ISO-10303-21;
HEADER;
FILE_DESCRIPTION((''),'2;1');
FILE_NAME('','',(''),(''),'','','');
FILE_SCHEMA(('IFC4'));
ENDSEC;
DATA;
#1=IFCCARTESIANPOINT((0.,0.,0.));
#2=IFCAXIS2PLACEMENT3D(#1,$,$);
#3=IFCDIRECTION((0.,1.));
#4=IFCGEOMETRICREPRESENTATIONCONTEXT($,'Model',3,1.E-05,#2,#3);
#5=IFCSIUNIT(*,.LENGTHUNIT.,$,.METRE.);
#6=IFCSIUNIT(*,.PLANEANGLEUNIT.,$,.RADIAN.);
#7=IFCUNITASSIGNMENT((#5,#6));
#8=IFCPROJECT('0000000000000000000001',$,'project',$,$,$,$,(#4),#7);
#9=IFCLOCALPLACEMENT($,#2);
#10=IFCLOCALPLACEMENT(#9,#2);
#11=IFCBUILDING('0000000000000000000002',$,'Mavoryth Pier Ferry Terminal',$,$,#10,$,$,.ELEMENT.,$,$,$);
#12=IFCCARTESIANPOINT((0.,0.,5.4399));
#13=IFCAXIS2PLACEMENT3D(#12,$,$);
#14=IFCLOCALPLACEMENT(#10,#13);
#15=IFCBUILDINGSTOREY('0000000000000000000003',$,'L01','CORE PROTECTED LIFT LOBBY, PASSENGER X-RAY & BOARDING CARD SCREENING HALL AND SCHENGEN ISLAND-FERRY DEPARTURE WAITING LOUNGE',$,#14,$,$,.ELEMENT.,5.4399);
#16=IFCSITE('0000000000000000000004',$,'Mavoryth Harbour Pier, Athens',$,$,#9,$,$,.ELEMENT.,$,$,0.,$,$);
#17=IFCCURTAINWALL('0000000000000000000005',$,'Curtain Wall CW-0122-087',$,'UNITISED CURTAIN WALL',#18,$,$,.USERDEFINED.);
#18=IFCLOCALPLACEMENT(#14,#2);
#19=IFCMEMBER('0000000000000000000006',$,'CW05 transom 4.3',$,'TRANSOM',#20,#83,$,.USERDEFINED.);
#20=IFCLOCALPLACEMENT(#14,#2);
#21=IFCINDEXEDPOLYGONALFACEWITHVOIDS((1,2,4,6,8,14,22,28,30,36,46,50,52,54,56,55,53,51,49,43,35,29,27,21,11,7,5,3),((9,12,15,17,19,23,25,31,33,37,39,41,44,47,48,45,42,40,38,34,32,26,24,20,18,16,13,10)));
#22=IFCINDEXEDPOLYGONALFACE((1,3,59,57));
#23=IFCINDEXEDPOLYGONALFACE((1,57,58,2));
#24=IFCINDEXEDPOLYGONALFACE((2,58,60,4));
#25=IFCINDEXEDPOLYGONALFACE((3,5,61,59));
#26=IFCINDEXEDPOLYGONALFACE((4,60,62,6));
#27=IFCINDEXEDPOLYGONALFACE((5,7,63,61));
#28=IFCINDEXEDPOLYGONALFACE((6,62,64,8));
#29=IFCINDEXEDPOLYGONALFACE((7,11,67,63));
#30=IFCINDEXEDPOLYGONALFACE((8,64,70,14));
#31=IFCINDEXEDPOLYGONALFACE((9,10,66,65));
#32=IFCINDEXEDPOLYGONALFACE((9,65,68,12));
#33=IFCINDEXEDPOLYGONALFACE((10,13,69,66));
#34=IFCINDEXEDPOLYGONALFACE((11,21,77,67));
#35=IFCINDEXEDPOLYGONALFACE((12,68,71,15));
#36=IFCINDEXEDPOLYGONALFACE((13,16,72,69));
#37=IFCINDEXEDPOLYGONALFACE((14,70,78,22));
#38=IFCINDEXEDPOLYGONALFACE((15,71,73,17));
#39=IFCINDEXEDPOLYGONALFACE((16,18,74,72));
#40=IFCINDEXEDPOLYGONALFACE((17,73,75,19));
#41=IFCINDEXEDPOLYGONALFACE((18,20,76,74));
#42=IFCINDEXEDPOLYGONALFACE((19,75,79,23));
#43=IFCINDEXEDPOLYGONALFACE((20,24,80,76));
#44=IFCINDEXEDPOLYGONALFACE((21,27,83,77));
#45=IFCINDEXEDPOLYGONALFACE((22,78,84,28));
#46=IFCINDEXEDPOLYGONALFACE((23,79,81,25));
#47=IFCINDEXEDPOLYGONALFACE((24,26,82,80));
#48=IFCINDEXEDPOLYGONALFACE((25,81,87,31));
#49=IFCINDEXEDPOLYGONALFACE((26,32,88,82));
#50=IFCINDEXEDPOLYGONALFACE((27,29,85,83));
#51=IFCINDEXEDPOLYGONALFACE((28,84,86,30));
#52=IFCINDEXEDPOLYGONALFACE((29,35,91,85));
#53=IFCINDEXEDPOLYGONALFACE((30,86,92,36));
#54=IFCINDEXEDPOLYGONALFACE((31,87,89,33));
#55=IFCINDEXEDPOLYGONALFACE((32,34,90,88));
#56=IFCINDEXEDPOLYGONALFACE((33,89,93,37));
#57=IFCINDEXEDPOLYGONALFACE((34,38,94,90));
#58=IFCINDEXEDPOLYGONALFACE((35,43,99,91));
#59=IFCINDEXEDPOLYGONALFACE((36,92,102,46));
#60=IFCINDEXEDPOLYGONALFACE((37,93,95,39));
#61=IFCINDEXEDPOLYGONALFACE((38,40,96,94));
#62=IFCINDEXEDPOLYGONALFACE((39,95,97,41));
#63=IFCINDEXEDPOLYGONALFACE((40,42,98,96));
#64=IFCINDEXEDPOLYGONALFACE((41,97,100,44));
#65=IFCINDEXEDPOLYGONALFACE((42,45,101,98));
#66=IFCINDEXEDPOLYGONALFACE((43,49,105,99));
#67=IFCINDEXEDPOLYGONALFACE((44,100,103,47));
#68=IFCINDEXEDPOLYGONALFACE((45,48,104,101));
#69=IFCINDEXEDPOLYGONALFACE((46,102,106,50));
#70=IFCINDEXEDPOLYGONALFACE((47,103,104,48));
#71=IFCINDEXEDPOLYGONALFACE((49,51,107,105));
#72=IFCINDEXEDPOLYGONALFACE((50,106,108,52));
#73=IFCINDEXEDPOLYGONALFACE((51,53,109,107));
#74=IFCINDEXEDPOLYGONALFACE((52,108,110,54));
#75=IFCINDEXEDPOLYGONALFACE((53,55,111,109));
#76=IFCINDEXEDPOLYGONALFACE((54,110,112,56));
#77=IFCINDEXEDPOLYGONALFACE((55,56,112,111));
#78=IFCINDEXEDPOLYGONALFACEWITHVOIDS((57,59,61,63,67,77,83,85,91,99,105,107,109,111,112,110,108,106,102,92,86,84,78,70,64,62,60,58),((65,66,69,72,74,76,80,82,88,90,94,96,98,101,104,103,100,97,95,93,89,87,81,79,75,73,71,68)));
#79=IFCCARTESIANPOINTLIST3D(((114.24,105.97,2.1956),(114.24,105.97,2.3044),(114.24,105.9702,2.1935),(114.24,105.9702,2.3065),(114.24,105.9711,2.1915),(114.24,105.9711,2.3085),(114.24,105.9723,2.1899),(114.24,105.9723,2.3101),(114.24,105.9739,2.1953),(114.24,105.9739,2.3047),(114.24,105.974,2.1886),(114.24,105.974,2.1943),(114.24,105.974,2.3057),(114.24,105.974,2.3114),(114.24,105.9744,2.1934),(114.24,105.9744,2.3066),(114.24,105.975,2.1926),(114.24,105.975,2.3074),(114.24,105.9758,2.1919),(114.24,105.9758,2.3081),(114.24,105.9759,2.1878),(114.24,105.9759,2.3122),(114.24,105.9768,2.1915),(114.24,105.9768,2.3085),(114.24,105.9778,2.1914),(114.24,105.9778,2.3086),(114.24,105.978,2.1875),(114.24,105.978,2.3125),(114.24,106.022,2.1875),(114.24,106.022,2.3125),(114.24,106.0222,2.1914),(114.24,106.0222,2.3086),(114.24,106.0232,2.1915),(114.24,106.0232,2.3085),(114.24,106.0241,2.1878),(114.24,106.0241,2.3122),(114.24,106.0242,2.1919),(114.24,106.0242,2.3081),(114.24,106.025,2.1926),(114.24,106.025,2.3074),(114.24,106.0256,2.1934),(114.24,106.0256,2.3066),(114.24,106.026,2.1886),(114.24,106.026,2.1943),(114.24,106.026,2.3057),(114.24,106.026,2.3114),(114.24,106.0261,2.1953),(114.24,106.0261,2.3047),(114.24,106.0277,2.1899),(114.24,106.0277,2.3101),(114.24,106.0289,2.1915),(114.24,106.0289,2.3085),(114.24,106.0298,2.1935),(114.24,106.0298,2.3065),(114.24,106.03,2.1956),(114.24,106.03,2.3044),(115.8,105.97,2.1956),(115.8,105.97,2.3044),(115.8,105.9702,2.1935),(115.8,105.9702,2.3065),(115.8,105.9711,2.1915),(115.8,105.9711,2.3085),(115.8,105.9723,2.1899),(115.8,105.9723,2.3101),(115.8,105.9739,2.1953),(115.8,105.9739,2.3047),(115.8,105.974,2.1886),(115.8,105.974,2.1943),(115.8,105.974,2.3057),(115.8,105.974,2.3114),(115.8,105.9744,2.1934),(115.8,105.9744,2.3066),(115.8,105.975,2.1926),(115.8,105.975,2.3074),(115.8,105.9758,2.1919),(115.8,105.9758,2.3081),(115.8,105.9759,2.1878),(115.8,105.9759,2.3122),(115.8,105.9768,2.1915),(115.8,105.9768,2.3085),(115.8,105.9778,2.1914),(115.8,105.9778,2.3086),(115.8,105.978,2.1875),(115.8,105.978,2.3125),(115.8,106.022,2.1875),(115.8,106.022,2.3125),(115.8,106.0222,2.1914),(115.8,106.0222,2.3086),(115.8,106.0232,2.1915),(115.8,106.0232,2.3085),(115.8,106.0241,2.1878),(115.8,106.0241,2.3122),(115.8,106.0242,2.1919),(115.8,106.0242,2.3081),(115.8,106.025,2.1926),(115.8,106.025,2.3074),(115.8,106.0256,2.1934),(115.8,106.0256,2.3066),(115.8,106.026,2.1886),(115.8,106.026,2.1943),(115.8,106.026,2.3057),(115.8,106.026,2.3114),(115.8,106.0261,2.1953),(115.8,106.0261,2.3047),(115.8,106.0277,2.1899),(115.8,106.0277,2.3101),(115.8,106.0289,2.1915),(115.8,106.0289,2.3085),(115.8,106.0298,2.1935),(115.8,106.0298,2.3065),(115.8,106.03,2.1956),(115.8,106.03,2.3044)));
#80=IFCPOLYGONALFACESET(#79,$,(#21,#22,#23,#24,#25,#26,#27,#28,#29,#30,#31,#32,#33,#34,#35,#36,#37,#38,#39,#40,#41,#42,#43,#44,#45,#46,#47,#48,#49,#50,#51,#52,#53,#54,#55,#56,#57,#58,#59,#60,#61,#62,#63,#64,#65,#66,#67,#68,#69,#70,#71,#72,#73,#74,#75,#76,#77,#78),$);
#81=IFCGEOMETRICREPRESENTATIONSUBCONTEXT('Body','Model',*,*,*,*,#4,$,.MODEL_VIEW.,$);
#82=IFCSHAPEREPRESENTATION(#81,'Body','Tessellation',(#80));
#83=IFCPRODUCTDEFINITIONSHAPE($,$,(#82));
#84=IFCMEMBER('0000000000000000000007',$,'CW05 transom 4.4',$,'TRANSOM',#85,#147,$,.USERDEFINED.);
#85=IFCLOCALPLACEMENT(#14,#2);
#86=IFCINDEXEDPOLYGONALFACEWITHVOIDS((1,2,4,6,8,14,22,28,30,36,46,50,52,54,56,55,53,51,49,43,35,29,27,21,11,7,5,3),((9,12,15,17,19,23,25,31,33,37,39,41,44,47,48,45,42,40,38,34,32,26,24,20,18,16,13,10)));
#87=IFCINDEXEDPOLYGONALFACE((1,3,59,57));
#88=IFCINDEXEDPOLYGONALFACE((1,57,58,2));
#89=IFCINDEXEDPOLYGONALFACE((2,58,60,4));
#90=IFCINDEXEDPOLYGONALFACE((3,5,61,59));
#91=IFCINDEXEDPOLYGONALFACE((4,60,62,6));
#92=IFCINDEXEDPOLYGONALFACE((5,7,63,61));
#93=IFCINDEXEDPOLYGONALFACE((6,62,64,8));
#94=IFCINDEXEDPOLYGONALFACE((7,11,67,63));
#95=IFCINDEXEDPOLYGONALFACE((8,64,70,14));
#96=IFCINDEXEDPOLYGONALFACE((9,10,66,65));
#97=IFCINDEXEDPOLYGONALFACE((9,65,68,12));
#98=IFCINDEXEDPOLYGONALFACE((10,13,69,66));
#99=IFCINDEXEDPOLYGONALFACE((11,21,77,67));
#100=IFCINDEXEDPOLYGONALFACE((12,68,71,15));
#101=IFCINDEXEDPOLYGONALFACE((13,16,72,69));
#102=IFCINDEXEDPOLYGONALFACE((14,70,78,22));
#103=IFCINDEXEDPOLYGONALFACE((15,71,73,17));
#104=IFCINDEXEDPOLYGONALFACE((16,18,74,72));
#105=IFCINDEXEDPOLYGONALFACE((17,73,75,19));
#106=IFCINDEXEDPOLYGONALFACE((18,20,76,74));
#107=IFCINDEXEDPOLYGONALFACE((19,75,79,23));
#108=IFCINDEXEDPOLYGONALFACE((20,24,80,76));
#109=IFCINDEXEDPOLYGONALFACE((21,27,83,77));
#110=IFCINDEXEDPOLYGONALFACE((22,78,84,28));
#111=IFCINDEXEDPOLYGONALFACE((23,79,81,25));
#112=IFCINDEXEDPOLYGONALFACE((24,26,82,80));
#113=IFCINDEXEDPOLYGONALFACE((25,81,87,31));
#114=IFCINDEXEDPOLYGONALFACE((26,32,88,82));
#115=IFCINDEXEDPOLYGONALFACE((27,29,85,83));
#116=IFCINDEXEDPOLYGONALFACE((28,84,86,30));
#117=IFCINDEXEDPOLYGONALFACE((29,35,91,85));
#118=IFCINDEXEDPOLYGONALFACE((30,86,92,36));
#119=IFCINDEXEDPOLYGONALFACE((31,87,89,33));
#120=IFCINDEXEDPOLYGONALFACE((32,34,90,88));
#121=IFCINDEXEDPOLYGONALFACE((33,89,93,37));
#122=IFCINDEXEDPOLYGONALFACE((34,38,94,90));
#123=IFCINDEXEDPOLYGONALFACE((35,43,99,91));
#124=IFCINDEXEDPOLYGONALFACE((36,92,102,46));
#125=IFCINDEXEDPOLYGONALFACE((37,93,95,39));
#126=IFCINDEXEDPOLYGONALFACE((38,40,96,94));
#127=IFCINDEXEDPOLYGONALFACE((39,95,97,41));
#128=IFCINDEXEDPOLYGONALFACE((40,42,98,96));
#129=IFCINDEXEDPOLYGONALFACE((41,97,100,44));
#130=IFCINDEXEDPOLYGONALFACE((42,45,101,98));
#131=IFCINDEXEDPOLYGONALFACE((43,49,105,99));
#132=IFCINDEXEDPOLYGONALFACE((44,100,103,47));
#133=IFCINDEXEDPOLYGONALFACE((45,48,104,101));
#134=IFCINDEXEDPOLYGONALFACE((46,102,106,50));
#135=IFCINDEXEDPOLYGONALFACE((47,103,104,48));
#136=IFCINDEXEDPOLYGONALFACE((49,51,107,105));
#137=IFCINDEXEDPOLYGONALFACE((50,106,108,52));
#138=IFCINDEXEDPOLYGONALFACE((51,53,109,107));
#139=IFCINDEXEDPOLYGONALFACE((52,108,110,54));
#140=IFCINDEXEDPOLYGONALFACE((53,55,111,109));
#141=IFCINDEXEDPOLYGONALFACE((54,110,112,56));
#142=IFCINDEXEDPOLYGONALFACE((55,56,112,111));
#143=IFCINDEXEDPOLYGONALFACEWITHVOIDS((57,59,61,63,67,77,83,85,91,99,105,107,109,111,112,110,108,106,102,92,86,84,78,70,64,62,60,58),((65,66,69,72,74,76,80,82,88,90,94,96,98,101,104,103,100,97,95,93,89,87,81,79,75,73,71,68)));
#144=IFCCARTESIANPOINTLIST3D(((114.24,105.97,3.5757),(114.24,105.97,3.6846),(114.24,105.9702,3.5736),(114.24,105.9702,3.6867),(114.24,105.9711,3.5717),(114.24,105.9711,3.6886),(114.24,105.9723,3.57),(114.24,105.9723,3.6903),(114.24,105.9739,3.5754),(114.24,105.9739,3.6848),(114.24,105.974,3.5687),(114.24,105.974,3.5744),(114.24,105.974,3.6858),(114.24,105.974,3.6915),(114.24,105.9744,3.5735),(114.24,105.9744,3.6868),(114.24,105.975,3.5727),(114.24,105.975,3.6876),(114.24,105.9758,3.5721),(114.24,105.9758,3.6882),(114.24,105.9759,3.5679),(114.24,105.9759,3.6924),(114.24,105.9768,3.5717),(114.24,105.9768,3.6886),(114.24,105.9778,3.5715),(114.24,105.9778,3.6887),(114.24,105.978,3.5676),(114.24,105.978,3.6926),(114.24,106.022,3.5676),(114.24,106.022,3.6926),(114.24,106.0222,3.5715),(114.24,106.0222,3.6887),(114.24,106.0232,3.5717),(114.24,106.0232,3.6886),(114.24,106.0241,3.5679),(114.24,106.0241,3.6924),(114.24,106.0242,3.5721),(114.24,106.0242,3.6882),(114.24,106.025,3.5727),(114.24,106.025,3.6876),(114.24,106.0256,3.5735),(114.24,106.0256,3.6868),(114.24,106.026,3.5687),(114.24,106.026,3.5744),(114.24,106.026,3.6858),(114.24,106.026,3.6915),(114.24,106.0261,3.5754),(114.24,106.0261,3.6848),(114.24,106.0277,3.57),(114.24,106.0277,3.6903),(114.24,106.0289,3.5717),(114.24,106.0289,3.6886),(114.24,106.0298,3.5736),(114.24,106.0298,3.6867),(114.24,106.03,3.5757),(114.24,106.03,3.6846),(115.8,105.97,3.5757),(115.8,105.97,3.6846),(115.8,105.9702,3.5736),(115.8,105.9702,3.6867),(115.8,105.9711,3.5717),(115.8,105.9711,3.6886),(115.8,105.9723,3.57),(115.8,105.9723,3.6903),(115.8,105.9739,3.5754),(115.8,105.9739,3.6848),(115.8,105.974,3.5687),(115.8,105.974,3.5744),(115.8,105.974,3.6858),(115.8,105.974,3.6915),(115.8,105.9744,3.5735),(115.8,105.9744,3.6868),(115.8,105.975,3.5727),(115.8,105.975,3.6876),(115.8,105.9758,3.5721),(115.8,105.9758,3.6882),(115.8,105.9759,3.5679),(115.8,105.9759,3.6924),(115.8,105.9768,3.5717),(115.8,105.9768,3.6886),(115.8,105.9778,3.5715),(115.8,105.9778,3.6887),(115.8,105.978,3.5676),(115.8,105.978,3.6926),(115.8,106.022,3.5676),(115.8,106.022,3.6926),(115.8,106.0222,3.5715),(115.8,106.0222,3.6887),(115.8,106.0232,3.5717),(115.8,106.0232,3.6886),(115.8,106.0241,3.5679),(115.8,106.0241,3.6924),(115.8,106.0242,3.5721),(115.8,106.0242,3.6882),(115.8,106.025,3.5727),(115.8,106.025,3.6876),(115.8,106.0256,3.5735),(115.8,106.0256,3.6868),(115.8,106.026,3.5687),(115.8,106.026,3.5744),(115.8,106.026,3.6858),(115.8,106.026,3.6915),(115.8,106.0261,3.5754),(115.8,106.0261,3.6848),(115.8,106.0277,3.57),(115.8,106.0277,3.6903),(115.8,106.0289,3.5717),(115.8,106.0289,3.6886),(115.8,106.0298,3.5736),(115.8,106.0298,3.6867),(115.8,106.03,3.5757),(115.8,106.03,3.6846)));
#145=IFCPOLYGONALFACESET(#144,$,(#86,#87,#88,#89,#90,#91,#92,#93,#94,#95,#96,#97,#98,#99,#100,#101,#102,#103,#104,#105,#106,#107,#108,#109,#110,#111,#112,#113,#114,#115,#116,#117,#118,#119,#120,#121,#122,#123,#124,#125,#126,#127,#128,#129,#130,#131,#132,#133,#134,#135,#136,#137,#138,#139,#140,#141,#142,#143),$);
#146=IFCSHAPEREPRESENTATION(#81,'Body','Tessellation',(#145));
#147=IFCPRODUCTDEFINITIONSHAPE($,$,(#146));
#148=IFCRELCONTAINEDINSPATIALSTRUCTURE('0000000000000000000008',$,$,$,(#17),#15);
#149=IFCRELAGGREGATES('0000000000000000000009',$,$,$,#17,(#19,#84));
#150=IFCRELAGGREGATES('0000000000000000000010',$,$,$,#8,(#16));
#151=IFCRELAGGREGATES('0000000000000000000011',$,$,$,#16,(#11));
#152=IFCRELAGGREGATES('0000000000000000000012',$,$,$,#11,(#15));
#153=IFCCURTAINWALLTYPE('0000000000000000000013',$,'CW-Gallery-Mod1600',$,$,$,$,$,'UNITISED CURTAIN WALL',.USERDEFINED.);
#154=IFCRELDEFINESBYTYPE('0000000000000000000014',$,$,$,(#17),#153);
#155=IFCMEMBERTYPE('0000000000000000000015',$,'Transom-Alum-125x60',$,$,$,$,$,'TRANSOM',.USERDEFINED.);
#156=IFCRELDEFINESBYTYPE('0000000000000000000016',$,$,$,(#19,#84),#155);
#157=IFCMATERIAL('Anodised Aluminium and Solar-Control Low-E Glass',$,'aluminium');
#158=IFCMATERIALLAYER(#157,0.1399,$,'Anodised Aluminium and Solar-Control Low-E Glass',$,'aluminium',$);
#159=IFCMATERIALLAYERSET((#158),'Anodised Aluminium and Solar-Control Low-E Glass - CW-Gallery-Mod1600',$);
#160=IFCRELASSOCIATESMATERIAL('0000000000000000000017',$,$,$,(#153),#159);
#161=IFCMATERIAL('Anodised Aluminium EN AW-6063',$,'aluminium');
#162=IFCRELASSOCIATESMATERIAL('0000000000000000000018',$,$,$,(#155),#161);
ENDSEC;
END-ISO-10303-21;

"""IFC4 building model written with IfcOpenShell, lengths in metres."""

from ifc_helpers import new_model, si_unit, direction, frame, origin, origin_2d, place, context, subcontext, project, spatial, hollow_rectangle, extrude, material, layer, layer_set, material_profile, profile_set, type_object, element, aggregate, save


model = new_model("IFC4")

# Units and contexts
model_context = context("Model", 3, precision=1e-05, world=origin(), true_north=direction((0.0, 1.0)))
body_context = subcontext(model_context, "Body", "Model", "MODEL_VIEW")
ifc_project = project(units=[si_unit("LENGTHUNIT", "METRE"), si_unit("PLANEANGLEUNIT", "RADIAN")], contexts=[model_context])

# Site, building, storey
site_placement = place(None, origin())
site = spatial("IfcSite", under=ifc_project, at=site_placement, Name="Mavoryth Harbour Pier, Athens", CompositionType="ELEMENT", RefElevation=0.0)
building_placement = place(site_placement, origin())
building = spatial("IfcBuilding", under=site, at=building_placement, Name="Mavoryth Pier Ferry Terminal", CompositionType="ELEMENT")
storey_placement = place(building_placement, frame((0.0, 0.0, 5.4399)))
storey = spatial("IfcBuildingStorey", under=building, at=storey_placement, Name="L01", Description="CORE PROTECTED LIFT LOBBY, PASSENGER X-RAY & BOARDING CARD SCREENING HALL AND SCHENGEN ISLAND-FERRY DEPARTURE WAITING LOUNGE", CompositionType="ELEMENT", Elevation=5.4399)

# Curtain wall
ifc_material_1 = material(Name="Anodised Aluminium and Solar-Control Low-E Glass", Category="aluminium")
ifc_layer_1 = layer(ifc_material_1, 0.1399, Name="Anodised Aluminium and Solar-Control Low-E Glass", Category="aluminium")
ifc_layer_set_1 = layer_set([ifc_layer_1], Name="Anodised Aluminium and Solar-Control Low-E Glass - CW-Gallery-Mod1600")
curtain_wall_type = type_object("IfcCurtainWallType", Name="CW-Gallery-Mod1600", ElementType="UNITISED CURTAIN WALL", PredefinedType="USERDEFINED", material=ifc_layer_set_1)
curtain_wall_1_placement = place(storey_placement, origin())
curtain_wall_1 = element("IfcCurtainWall", 1, at=curtain_wall_1_placement, inside=storey, type_object=curtain_wall_type, Name="Curtain Wall CW-0122-087", ObjectType="UNITISED CURTAIN WALL", PredefinedType="USERDEFINED")
ifc_material_2 = material(Name="Anodised Aluminium EN AW-6063", Category="aluminium")

# Members
ifc_material_profile_1 = material_profile(ifc_material_2, hollow_rectangle(XDim=0.0601, YDim=0.125, WallThickness=0.0039, InnerFilletRadius=0.0039, OuterFilletRadius=0.0081, at=origin_2d()), Name="AL-TRAN 125x60x4", Category="aluminium")
ifc_profile_set_1 = profile_set([ifc_material_profile_1], Name="Anodised Aluminium EN AW-6063 - AL-TRAN 125x60x4")
member_type_1 = type_object("IfcMemberType", Name="Transom-Alum-125x60", ElementType="TRANSOM", PredefinedType="USERDEFINED", material=ifc_profile_set_1)
member_1_placement = place(storey_placement, frame((114.24, 106.0, 2.25), z_axis=(1.0, 0.0, 0.0), x_axis=(0.0, 1.0, 0.0)))
member_1 = element("IfcMember", 2, at=member_1_placement, type_object=member_type_1, Name="CW05 transom 4.3", ObjectType="TRANSOM", PredefinedType="USERDEFINED", context=body_context, shape_type="SweptSolid", body=[
    extrude(hollow_rectangle(XDim=0.0601, YDim=0.125, WallThickness=0.0039, InnerFilletRadius=0.0039, OuterFilletRadius=0.0081, at=origin_2d()), origin(), (0.0, 0.0, 1.0), 1.5601),
])
member_2_placement = place(storey_placement, frame((114.24, 106.0, 3.6301), z_axis=(1.0, 0.0, 0.0), x_axis=(0.0, 1.0, 0.0)))
member_2 = element("IfcMember", 3, at=member_2_placement, type_object=member_type_1, Name="CW05 transom 4.4", ObjectType="TRANSOM", PredefinedType="USERDEFINED", context=body_context, shape_type="SweptSolid", body=[
    extrude(hollow_rectangle(XDim=0.0601, YDim=0.125, WallThickness=0.0039, InnerFilletRadius=0.0039, OuterFilletRadius=0.0081, at=origin_2d()), origin(), (0.0, 0.0, 1.0), 1.5601),
])

aggregate(curtain_wall_1, [member_1, member_2])

save(model, "model.ifc")
